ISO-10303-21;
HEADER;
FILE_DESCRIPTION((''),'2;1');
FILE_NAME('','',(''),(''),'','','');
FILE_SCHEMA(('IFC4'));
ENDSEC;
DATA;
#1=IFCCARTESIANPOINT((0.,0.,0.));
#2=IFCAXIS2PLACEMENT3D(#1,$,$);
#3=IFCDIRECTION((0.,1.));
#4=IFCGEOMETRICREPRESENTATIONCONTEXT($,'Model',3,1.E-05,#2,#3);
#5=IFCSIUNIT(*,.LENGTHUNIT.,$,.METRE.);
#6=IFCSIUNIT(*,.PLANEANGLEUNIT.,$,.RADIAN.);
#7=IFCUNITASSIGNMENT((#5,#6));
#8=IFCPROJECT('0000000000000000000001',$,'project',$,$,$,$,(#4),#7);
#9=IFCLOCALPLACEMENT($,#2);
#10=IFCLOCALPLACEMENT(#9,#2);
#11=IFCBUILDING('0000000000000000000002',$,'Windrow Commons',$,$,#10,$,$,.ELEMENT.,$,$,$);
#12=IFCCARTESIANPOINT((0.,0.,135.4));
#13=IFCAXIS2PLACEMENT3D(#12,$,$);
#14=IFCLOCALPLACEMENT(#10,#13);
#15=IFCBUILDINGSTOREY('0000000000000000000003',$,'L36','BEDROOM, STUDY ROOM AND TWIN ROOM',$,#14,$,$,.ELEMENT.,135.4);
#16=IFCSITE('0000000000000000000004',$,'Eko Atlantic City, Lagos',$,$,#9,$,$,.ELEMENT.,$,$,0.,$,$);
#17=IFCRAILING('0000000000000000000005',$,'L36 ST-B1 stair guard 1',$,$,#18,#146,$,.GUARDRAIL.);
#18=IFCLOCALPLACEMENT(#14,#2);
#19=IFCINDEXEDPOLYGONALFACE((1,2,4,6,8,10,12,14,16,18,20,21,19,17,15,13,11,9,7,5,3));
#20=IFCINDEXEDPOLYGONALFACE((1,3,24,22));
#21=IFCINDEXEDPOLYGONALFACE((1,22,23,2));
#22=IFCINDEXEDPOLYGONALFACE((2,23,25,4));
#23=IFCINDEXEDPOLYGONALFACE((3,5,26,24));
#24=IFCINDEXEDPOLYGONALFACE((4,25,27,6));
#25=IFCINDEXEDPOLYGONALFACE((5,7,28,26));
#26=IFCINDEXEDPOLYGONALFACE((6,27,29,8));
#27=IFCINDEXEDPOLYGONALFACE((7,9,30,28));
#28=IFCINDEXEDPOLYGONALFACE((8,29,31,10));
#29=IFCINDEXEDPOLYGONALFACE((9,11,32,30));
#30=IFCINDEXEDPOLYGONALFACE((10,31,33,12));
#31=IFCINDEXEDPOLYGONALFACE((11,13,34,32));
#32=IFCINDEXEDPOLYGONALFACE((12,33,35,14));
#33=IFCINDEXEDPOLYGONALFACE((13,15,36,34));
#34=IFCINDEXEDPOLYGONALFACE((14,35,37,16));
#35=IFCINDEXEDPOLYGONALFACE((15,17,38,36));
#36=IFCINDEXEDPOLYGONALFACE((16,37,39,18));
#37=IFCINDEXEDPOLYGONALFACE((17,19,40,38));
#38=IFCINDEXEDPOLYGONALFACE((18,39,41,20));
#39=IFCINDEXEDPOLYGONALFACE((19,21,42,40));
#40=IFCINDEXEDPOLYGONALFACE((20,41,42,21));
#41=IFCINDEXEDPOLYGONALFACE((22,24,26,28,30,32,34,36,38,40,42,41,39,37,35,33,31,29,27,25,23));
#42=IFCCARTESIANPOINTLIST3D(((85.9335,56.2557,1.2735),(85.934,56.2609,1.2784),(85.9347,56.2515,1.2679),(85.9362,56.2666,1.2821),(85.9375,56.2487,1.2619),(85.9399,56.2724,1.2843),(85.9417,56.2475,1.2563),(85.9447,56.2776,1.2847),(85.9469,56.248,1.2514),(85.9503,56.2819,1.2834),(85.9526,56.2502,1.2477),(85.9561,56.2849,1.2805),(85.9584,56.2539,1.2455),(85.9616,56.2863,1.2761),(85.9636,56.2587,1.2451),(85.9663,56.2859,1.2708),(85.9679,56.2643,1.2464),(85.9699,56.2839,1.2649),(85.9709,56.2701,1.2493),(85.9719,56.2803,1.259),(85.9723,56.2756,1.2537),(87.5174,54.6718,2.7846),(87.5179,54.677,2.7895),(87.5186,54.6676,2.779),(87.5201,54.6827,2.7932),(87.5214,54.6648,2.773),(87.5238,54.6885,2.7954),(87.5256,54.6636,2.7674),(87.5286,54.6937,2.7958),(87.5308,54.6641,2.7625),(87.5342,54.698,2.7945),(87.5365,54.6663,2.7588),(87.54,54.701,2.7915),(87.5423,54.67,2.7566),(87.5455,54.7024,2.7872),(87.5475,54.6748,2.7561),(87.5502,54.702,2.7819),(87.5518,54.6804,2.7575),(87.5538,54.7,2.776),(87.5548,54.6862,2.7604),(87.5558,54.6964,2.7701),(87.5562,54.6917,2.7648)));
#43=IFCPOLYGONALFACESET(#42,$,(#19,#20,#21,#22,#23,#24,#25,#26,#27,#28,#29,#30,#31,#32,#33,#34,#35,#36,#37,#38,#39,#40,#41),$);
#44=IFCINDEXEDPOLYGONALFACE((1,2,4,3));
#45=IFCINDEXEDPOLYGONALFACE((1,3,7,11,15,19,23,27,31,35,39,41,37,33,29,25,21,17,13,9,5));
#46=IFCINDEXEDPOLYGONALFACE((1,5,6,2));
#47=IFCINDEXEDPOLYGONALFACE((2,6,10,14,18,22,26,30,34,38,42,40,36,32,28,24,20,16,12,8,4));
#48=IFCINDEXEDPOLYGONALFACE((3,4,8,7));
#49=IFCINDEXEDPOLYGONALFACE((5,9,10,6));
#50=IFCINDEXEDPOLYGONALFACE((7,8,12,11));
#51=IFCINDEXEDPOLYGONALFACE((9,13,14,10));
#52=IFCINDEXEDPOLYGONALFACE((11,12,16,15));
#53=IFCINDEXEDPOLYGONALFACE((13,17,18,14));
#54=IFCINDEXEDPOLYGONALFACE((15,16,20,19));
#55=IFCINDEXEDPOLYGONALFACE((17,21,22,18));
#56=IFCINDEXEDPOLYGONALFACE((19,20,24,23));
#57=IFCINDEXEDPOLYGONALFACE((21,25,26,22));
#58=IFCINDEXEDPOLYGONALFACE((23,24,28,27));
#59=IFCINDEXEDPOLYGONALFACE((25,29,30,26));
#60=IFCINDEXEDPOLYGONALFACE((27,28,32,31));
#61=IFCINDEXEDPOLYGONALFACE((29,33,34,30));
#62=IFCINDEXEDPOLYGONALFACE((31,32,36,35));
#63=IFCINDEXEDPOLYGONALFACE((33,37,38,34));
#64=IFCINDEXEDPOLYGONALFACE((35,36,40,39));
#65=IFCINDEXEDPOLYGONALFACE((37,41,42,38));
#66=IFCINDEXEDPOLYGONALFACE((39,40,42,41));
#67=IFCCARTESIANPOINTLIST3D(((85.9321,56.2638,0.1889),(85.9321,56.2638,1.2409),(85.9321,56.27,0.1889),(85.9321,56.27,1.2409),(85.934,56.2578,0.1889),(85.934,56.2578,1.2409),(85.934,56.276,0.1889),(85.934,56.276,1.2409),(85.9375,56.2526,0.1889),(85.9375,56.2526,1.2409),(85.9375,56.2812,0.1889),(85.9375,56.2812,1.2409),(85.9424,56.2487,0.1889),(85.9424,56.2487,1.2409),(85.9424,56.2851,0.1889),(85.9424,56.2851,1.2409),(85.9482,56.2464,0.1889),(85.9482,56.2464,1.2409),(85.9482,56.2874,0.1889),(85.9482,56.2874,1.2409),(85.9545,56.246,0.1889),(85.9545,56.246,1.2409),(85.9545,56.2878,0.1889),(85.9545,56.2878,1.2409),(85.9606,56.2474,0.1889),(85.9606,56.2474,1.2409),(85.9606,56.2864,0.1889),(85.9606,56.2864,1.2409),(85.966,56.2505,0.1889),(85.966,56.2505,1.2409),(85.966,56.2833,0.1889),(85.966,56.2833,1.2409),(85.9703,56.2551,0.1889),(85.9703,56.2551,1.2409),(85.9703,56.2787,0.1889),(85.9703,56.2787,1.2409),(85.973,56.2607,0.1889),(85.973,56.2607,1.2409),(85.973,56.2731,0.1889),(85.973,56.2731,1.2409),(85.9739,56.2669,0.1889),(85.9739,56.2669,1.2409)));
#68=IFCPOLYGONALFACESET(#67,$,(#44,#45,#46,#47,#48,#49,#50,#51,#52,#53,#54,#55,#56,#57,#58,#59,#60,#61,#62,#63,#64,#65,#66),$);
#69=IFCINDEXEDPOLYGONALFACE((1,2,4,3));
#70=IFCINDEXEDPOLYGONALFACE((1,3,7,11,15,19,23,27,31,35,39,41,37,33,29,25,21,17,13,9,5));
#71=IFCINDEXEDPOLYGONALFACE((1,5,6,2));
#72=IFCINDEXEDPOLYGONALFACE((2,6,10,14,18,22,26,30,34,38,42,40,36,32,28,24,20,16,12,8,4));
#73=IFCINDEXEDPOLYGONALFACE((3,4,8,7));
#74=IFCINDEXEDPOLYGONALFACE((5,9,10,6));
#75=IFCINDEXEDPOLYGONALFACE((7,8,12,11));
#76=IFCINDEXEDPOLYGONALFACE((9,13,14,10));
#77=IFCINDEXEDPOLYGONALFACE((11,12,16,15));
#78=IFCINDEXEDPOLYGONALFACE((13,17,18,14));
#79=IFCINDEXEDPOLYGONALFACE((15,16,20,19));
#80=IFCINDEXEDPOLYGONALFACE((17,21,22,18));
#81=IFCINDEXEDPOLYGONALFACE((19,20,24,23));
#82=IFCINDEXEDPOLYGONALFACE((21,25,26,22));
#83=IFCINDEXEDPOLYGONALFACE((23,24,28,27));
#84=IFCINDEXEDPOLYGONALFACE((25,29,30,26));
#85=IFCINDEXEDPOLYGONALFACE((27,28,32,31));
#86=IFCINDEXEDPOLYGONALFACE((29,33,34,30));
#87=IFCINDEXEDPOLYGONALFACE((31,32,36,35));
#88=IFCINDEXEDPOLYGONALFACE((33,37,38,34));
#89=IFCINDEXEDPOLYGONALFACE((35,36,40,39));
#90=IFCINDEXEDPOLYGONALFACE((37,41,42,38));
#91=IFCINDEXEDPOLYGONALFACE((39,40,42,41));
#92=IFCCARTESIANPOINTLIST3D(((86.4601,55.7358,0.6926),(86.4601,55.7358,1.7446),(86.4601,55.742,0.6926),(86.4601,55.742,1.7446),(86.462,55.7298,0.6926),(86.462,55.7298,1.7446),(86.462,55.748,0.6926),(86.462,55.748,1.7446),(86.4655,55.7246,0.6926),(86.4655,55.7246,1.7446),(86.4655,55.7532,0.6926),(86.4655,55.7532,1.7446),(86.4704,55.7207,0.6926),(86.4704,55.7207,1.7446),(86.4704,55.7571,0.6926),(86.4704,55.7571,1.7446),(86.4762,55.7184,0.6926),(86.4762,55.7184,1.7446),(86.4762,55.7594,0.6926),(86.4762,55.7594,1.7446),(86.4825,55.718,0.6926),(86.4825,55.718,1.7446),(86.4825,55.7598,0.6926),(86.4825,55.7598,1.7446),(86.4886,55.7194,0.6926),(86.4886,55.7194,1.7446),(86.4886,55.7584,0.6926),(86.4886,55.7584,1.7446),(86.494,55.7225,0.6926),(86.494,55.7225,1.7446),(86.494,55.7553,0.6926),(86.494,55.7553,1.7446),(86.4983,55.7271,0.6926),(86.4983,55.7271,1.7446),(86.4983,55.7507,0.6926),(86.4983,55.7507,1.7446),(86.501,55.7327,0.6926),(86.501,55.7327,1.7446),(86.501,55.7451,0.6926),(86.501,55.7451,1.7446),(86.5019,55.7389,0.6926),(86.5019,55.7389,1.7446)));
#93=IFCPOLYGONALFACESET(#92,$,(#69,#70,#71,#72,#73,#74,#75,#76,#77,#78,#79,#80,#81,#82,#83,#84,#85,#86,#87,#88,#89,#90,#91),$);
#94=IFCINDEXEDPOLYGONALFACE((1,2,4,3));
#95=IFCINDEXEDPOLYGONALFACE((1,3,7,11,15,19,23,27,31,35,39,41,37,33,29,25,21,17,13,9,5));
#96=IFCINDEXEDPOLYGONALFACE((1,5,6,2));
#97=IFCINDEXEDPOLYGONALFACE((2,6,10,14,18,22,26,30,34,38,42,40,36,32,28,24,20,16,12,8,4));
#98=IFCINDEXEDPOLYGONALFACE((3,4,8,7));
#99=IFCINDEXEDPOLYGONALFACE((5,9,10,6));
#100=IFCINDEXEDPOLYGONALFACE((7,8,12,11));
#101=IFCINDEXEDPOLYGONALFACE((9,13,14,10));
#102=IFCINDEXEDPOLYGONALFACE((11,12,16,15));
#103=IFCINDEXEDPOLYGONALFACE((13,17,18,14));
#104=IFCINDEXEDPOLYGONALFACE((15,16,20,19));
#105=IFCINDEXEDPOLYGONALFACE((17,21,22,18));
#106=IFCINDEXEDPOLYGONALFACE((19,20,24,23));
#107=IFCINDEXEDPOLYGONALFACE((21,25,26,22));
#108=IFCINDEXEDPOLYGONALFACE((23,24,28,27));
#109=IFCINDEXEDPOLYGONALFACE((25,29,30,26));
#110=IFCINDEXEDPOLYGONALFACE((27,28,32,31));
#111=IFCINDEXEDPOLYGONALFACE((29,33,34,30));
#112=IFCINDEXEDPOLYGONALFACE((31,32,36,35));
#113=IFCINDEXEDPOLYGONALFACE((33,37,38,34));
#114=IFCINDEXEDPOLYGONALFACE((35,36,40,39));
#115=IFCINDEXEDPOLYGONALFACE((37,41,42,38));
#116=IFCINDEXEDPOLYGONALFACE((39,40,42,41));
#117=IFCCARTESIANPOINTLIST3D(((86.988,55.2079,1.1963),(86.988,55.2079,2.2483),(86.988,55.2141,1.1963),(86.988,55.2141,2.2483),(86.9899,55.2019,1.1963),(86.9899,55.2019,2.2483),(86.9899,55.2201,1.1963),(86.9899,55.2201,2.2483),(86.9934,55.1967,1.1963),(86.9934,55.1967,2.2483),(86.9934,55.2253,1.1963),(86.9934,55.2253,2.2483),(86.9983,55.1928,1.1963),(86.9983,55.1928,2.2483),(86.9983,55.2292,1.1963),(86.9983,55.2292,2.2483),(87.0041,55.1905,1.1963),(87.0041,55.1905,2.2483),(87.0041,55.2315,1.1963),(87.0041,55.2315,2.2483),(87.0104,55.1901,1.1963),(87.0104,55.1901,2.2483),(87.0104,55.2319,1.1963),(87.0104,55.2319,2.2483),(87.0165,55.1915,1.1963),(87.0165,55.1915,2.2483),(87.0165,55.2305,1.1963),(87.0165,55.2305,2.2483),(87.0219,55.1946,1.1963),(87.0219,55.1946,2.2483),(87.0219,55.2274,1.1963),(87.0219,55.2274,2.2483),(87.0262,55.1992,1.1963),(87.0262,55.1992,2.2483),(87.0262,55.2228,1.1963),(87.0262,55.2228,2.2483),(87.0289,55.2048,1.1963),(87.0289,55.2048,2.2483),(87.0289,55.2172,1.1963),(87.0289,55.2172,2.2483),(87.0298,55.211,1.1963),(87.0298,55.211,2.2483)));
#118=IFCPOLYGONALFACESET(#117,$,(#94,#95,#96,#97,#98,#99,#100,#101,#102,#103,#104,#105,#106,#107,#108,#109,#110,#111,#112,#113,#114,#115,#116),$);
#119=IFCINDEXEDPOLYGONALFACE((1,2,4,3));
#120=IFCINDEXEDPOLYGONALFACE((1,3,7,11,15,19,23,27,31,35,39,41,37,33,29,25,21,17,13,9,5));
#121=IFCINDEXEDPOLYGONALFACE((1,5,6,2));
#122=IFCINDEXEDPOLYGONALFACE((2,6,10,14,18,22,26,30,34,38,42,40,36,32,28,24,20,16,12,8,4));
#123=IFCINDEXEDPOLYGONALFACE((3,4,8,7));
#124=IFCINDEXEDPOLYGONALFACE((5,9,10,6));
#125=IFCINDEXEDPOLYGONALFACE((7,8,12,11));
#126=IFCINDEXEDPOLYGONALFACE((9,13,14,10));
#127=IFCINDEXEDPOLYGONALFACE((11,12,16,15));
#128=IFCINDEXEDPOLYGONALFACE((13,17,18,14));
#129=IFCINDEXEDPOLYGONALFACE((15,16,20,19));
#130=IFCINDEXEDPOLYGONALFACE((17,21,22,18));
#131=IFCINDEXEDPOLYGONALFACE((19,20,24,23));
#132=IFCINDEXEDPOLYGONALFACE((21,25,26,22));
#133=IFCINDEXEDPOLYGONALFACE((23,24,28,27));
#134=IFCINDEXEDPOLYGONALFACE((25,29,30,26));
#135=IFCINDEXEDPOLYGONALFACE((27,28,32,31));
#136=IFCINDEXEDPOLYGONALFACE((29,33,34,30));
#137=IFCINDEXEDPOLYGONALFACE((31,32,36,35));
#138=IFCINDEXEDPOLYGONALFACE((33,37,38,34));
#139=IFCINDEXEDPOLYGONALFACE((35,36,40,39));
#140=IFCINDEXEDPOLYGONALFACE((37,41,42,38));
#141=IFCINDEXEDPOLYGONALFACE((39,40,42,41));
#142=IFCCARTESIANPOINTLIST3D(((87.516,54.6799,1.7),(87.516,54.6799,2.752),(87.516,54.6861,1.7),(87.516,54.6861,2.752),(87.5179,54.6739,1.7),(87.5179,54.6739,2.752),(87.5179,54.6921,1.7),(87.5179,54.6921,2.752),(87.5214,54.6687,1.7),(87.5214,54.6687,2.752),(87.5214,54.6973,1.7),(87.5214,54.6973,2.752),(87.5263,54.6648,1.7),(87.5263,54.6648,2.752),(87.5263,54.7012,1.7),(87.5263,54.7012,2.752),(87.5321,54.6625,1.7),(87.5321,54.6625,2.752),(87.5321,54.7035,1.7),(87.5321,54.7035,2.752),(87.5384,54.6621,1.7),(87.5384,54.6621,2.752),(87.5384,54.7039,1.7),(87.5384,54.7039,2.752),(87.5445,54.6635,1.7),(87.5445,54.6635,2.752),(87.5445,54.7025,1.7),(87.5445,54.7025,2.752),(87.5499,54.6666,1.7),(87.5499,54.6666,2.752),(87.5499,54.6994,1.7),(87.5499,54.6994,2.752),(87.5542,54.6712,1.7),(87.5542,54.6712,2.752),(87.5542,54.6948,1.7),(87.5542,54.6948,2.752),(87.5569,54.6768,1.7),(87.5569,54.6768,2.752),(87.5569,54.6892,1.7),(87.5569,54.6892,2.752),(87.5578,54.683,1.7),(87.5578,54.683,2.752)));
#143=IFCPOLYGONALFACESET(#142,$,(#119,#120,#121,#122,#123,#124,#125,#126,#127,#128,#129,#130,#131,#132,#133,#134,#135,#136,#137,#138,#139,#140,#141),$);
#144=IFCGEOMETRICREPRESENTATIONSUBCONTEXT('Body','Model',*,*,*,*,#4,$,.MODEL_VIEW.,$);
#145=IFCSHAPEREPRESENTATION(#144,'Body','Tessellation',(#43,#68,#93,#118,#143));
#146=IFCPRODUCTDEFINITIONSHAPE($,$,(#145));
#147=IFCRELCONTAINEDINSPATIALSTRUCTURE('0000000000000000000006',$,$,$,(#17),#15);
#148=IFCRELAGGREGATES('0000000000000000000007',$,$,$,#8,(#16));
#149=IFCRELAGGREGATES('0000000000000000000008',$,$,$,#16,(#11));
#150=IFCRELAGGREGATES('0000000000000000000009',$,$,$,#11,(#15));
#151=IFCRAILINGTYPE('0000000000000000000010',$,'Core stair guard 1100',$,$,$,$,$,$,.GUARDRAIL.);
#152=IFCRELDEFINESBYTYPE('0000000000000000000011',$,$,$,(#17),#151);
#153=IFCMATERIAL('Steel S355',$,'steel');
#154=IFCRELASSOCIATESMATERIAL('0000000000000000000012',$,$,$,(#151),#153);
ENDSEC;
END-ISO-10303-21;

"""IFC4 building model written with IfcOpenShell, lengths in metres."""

from ifc_helpers import new_model, si_unit, direction, frame, origin, origin_2d, place, context, subcontext, project, spatial, circle, extrude, material, type_object, element, save


model = new_model("IFC4")

# Units and contexts
model_context = context("Model", 3, precision=1e-05, world=origin(), true_north=direction((0.0, 1.0)))
body_context = subcontext(model_context, "Body", "Model", "MODEL_VIEW")
ifc_project = project(units=[si_unit("LENGTHUNIT", "METRE"), si_unit("PLANEANGLEUNIT", "RADIAN")], contexts=[model_context])

# Site, building, storey
site_placement = place(None, origin())
site = spatial("IfcSite", under=ifc_project, at=site_placement, Name="Eko Atlantic City, Lagos", CompositionType="ELEMENT", RefElevation=0.0)
building_placement = place(site_placement, origin())
building = spatial("IfcBuilding", under=site, at=building_placement, Name="Windrow Commons", CompositionType="ELEMENT")
storey_placement = place(building_placement, frame((0.0, 0.0, 135.4)))
storey = spatial("IfcBuildingStorey", under=building, at=storey_placement, Name="L36", Description="BEDROOM, STUDY ROOM AND TWIN ROOM", CompositionType="ELEMENT", Elevation=135.4)

# Railing
ifc_material_1 = material(Name="Steel S355", Category="steel")
railing_type_1 = type_object("IfcRailingType", Name="Core stair guard 1100", PredefinedType="GUARDRAIL", material=ifc_material_1)
railing_1_placement = place(storey_placement, frame((85.9529, 56.2669, 0.1889)))
element("IfcRailing", 1, at=railing_1_placement, inside=storey, type_object=railing_type_1, Name="L36 ST-B1 stair guard 1", PredefinedType="GUARDRAIL", context=body_context, shape_type="SweptSolid", body=[
    extrude(circle(Radius=0.024, at=origin_2d()), frame((0.0, 0.0, 1.076), z_axis=(0.586191, -0.586191, 0.559249), x_axis=(0.707107, 0.707107, 0.0)), (0.0, 0.0, 1.0), 2.702),
    extrude(circle(Radius=0.021, at=origin_2d()), origin(), (0.0, 0.0, 1.0), 1.052),
    extrude(circle(Radius=0.021, at=origin_2d()), frame((0.528, -0.528, 0.5037)), (0.0, 0.0, 1.0), 1.052),
    extrude(circle(Radius=0.021, at=origin_2d()), frame((1.0559, -1.0559, 1.0074)), (0.0, 0.0, 1.0), 1.052),
    extrude(circle(Radius=0.021, at=origin_2d()), frame((1.5839, -1.5839, 1.5111)), (0.0, 0.0, 1.0), 1.052),
])

save(model, "model.ifc")
